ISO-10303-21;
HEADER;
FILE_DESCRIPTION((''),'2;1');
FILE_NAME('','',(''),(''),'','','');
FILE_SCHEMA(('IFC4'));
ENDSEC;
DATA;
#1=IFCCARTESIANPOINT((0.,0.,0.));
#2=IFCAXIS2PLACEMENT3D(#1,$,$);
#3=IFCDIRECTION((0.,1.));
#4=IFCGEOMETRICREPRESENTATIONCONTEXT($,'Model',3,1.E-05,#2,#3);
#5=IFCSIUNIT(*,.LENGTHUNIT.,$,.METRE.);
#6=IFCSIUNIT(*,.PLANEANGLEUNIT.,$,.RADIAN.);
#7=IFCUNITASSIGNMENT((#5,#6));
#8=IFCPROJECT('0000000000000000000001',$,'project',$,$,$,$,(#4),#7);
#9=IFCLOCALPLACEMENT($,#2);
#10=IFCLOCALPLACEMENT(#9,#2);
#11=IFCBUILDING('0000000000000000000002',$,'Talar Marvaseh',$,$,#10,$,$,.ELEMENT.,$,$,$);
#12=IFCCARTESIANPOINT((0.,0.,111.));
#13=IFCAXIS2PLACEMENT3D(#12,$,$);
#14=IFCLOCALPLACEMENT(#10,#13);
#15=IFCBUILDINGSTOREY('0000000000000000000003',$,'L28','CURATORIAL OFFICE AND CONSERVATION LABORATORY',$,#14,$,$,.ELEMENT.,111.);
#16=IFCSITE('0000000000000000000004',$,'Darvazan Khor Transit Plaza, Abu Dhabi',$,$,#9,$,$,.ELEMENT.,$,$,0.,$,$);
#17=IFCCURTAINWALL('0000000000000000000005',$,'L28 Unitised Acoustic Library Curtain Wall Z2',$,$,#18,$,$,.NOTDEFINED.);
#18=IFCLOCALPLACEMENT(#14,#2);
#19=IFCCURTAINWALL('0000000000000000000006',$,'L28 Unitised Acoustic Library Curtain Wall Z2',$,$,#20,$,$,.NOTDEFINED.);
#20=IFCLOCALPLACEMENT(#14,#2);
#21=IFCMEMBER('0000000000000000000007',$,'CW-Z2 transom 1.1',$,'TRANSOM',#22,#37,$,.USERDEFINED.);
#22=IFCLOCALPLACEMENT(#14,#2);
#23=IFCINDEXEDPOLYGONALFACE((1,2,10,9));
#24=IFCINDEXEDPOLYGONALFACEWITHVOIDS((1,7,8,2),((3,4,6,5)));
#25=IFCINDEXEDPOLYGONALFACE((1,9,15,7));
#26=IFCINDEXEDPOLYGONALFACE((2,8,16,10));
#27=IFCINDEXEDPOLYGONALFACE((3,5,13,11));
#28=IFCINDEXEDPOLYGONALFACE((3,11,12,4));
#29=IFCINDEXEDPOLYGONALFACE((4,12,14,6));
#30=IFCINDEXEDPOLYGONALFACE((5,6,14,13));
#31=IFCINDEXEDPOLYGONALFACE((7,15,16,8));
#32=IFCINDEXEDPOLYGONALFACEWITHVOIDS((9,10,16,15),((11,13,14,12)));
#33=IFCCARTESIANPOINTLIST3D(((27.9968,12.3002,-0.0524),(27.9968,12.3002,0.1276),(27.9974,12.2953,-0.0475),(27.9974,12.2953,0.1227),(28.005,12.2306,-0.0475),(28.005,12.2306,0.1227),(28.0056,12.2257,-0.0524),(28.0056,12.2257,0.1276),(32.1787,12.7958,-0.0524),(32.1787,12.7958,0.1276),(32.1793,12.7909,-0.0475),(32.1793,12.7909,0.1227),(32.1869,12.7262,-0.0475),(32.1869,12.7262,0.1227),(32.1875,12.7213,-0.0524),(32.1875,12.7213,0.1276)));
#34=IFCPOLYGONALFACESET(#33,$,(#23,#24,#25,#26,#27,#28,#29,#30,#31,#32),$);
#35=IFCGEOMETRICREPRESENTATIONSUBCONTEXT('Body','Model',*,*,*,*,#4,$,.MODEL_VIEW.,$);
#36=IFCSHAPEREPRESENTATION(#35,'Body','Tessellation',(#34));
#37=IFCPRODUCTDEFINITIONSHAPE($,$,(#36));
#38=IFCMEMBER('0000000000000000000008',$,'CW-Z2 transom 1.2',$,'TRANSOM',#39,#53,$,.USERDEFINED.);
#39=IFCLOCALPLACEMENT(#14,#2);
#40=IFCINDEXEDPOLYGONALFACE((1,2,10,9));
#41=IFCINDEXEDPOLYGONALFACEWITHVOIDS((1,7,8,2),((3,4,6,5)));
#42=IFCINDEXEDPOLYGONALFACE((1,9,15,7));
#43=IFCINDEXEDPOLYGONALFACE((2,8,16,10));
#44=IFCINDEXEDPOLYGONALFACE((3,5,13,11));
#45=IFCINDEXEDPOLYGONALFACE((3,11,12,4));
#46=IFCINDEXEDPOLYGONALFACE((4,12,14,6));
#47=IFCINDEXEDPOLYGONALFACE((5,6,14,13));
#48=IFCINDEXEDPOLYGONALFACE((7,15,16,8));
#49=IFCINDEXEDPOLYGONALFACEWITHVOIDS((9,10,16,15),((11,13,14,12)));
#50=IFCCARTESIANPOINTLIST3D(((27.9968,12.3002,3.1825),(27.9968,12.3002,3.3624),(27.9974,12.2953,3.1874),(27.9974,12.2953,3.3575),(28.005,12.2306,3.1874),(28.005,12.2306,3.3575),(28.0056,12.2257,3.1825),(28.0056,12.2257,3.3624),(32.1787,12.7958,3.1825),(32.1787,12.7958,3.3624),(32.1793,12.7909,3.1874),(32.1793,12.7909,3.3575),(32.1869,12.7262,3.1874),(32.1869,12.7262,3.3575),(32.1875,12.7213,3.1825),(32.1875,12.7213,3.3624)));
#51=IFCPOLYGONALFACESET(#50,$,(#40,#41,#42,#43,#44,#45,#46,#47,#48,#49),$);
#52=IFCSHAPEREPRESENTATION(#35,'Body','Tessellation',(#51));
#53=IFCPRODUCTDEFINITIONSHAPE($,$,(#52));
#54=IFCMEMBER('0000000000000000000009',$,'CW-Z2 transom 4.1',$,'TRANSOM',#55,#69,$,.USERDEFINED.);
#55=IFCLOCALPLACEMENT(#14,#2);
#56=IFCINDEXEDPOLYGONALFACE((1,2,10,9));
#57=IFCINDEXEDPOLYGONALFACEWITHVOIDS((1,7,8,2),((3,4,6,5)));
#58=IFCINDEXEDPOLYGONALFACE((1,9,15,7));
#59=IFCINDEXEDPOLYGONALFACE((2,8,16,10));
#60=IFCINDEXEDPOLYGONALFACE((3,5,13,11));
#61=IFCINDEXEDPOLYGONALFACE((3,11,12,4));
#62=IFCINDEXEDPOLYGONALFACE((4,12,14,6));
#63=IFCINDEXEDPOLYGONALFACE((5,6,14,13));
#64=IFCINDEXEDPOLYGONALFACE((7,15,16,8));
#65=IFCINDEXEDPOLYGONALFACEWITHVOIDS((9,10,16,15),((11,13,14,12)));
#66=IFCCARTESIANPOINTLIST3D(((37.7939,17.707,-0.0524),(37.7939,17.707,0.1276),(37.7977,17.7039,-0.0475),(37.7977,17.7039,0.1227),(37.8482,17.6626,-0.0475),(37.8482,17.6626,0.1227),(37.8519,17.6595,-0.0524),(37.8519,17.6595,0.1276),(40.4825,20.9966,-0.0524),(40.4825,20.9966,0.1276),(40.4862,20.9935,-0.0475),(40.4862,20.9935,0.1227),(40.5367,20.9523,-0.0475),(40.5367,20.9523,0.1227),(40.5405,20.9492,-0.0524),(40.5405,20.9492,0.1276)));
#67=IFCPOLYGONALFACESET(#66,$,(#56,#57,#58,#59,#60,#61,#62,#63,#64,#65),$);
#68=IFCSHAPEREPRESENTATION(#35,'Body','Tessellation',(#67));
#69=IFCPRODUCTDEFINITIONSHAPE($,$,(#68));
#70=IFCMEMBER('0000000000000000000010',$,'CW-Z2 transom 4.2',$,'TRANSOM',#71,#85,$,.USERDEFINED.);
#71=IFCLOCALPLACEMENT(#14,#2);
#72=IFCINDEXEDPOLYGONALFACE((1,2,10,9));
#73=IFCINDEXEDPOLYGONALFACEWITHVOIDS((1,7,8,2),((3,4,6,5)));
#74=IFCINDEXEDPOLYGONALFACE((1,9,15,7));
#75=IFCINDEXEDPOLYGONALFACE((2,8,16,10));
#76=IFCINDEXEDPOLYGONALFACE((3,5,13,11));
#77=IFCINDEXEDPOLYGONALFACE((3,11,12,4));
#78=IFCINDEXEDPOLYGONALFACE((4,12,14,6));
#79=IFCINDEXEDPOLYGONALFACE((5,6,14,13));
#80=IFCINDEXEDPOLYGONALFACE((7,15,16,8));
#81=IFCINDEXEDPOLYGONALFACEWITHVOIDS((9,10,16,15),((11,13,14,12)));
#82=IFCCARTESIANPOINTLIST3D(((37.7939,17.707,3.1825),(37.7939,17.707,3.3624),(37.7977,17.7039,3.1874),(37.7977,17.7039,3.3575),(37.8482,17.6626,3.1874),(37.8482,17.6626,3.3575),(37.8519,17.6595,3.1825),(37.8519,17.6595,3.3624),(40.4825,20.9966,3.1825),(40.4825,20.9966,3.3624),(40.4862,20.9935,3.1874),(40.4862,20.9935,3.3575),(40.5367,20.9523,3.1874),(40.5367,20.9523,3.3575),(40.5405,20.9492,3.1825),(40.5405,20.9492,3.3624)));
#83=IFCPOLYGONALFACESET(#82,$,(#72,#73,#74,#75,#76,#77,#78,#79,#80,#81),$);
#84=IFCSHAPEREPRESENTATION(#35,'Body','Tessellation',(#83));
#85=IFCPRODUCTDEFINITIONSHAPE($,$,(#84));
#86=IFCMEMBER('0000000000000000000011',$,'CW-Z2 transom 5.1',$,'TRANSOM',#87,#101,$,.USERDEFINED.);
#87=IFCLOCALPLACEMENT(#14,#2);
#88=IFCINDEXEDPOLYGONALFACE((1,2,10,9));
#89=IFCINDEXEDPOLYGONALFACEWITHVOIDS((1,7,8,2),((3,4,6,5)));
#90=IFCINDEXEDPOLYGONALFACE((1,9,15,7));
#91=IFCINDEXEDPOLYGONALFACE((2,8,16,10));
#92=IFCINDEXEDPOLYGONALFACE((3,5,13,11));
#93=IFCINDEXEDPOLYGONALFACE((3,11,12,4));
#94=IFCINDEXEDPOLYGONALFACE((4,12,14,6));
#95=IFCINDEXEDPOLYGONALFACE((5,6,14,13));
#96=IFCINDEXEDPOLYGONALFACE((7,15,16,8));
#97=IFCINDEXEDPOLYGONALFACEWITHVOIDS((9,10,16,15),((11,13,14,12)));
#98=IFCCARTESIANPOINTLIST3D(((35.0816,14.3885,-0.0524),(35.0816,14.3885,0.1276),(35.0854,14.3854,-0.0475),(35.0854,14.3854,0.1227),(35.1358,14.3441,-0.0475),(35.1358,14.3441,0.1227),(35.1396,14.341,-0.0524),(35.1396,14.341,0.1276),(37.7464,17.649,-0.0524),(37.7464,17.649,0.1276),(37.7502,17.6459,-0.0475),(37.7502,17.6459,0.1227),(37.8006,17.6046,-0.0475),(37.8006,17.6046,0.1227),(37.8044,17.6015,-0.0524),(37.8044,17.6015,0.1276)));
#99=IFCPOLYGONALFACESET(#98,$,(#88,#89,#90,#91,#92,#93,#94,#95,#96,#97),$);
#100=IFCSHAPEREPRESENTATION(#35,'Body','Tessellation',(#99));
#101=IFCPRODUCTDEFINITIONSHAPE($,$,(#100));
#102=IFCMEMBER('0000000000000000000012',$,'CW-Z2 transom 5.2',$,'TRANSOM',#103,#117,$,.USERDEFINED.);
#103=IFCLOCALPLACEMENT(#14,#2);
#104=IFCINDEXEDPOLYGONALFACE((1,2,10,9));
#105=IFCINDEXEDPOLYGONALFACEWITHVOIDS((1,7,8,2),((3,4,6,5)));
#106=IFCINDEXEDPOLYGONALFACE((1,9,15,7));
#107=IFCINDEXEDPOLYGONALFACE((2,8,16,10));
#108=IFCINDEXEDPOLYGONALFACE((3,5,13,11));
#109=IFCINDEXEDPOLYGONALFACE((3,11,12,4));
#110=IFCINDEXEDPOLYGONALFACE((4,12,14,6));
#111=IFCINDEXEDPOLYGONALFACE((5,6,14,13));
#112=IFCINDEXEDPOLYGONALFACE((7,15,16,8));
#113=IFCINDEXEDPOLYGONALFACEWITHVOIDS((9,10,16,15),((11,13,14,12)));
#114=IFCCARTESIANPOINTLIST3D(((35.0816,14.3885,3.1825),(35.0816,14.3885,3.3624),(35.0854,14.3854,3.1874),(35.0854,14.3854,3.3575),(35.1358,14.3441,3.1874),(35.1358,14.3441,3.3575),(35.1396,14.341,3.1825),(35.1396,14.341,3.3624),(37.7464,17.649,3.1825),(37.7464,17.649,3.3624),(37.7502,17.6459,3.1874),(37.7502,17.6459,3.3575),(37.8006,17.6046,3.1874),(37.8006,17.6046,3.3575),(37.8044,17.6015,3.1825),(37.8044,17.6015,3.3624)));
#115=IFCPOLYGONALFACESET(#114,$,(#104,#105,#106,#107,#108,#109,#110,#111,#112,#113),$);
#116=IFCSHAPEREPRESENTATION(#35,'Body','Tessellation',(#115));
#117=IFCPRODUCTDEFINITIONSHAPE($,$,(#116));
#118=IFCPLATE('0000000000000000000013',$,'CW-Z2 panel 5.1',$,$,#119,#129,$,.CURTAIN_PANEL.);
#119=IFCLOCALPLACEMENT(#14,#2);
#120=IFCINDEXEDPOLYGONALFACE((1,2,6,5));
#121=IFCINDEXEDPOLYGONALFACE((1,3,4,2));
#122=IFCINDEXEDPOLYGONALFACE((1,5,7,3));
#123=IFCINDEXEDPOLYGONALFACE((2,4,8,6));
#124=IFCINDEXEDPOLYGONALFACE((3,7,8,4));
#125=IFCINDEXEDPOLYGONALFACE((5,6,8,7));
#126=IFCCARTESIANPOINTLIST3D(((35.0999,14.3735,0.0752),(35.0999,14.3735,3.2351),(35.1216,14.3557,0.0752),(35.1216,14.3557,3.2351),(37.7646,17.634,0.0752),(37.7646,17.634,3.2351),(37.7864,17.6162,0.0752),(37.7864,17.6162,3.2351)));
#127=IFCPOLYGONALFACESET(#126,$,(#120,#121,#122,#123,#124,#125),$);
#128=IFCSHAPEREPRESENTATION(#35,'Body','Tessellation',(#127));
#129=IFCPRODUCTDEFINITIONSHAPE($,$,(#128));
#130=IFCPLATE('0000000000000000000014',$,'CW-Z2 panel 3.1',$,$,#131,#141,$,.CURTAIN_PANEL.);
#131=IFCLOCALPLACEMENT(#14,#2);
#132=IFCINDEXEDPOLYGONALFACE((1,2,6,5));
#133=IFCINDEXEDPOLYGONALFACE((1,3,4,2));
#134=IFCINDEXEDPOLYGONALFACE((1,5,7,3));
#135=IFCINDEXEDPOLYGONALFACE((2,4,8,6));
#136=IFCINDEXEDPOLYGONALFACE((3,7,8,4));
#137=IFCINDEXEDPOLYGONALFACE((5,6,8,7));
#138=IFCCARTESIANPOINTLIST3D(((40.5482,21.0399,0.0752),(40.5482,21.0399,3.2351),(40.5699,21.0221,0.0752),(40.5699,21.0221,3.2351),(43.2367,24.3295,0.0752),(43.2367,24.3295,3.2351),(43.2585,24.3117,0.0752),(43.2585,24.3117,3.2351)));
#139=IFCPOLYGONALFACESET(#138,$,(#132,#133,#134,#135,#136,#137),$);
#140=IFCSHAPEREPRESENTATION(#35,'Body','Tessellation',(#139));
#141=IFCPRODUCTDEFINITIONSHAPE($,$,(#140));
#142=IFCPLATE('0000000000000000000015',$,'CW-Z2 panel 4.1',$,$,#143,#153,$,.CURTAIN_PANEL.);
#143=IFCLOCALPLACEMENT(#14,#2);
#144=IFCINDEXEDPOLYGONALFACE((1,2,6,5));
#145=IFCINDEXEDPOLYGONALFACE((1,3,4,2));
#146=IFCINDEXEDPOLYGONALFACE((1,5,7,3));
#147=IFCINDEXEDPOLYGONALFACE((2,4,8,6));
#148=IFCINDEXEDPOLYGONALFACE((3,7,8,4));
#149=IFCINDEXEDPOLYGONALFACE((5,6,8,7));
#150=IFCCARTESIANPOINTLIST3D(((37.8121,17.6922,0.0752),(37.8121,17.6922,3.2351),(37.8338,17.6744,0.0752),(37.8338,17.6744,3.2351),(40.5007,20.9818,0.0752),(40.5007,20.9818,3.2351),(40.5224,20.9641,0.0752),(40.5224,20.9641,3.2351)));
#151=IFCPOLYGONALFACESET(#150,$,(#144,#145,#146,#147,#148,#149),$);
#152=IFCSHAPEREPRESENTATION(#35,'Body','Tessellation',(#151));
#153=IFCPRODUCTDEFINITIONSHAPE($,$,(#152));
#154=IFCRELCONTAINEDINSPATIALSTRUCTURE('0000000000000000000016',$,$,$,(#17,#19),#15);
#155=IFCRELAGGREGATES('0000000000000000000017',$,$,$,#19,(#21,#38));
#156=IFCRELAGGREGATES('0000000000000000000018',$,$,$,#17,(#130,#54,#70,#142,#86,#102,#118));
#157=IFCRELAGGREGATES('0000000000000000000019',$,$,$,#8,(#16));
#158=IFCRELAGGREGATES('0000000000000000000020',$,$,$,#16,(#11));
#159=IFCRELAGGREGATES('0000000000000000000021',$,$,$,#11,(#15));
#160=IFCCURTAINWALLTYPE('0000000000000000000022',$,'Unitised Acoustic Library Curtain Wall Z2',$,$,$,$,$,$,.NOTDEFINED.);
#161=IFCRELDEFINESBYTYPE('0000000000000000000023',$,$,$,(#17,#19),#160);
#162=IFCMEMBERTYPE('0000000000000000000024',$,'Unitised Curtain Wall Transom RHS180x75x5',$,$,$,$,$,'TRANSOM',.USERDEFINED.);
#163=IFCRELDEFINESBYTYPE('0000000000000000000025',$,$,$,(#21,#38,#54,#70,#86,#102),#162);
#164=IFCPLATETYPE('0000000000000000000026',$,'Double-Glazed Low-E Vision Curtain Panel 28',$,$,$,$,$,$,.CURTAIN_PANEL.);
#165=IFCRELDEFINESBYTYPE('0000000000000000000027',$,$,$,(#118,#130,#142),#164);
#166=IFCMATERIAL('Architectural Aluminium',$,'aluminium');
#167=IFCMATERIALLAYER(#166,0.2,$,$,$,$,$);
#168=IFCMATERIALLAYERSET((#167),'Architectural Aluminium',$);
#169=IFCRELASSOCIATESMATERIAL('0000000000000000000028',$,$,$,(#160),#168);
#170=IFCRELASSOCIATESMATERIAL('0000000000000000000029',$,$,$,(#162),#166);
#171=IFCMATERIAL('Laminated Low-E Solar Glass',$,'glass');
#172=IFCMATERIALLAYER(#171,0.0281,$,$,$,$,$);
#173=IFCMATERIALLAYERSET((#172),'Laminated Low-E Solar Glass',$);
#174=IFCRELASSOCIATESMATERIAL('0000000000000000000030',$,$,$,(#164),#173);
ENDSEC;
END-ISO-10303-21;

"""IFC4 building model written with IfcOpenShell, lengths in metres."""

from ifc_helpers import new_model, si_unit, direction, frame, origin, origin_2d, place, context, subcontext, project, spatial, rectangle, hollow_rectangle, extrude, source, transform, mapped, material, layer, layer_set, material_profile, profile_set, type_object, type_shapes, element, aggregate, save


model = new_model("IFC4")

# Units and contexts
model_context = context("Model", 3, precision=1e-05, world=origin(), true_north=direction((0.0, 1.0)))
body_context = subcontext(model_context, "Body", "Model", "MODEL_VIEW")
ifc_project = project(units=[si_unit("LENGTHUNIT", "METRE"), si_unit("PLANEANGLEUNIT", "RADIAN")], contexts=[model_context])

# Site, building, storey
site_placement = place(None, origin())
site = spatial("IfcSite", under=ifc_project, at=site_placement, Name="Darvazan Khor Transit Plaza, Abu Dhabi", CompositionType="ELEMENT", RefElevation=0.0)
building_placement = place(site_placement, origin())
building = spatial("IfcBuilding", under=site, at=building_placement, Name="Talar Marvaseh", CompositionType="ELEMENT")
storey_placement = place(building_placement, frame((0.0, 0.0, 111.0)))
storey = spatial("IfcBuildingStorey", under=building, at=storey_placement, Name="L28", Description="CURATORIAL OFFICE AND CONSERVATION LABORATORY", CompositionType="ELEMENT", Elevation=111.0)

# Curtain walls, members
ifc_material_1 = material(Name="Architectural Aluminium", Category="aluminium")
ifc_layer_1 = layer(ifc_material_1, 0.2)
ifc_layer_set_1 = layer_set([ifc_layer_1], Name="Architectural Aluminium")
curtain_wall_type = type_object("IfcCurtainWallType", Name="Unitised Acoustic Library Curtain Wall Z2", PredefinedType="NOTDEFINED", material=ifc_layer_set_1)
curtain_wall_1_placement = place(storey_placement, origin())
curtain_wall_1 = element("IfcCurtainWall", 1, at=curtain_wall_1_placement, inside=storey, type_object=curtain_wall_type, Name="L28 Unitised Acoustic Library Curtain Wall Z2", PredefinedType="NOTDEFINED")
curtain_wall_2_placement = place(storey_placement, origin())
curtain_wall_2 = element("IfcCurtainWall", 2, at=curtain_wall_2_placement, inside=storey, type_object=curtain_wall_type, Name="L28 Unitised Acoustic Library Curtain Wall Z2", PredefinedType="NOTDEFINED")
ifc_material_profile_1 = material_profile(ifc_material_1, hollow_rectangle(XDim=0.075, YDim=0.1799, WallThickness=0.0049, at=origin_2d()), Name="RHS180x75x5")
ifc_profile_set_1 = profile_set([ifc_material_profile_1], Name="Architectural Aluminium")
member_type_1 = type_object("IfcMemberType", Name="Unitised Curtain Wall Transom RHS180x75x5", ElementType="TRANSOM", PredefinedType="USERDEFINED", material=ifc_profile_set_1)
shared_shape_1 = source(origin(), body_context, "Body", "SweptSolid", [
    extrude(hollow_rectangle(XDim=0.075, YDim=0.1799, WallThickness=0.0049, at=origin_2d()), origin(), (0.0, 0.0, 1.0), 4.2112),
])
member_1_placement = place(storey_placement, frame((32.1831, 12.7585, 0.0376), z_axis=(-0.993051, -0.117689, 0.0), x_axis=(0.117689, -0.993051, 0.0)))
member_1 = element("IfcMember", 3, at=member_1_placement, type_object=member_type_1, Name="CW-Z2 transom 1.1", ObjectType="TRANSOM", PredefinedType="USERDEFINED", context=body_context, shape_type="MappedRepresentation", body=[
    mapped(shared_shape_1, transform((0.0, 0.0, 0.0), x_axis=(1.0, 0.0, 0.0), y_axis=(0.0, 1.0, 0.0), z_axis=(0.0, 0.0, 1.0), scale=1.0)),
])
member_2_placement = place(storey_placement, frame((32.1831, 12.7585, 3.2725), z_axis=(-0.993051, -0.117689, 0.0), x_axis=(0.117689, -0.993051, 0.0)))
member_2 = element("IfcMember", 4, at=member_2_placement, type_object=member_type_1, Name="CW-Z2 transom 1.2", ObjectType="TRANSOM", PredefinedType="USERDEFINED", context=body_context, shape_type="MappedRepresentation", body=[
    mapped(shared_shape_1, transform((0.0, 0.0, 0.0), x_axis=(1.0, 0.0, 0.0), y_axis=(0.0, 1.0, 0.0), z_axis=(0.0, 0.0, 1.0), scale=1.0)),
])
aggregate(curtain_wall_2, [member_1, member_2])

# Members
shared_shape_2 = source(origin(), body_context, "Body", "SweptSolid", [
    extrude(hollow_rectangle(XDim=0.075, YDim=0.1799, WallThickness=0.0049, at=origin_2d()), origin(), (0.0, 0.0, 1.0), 4.2485),
])
member_3_placement = place(storey_placement, frame((40.5115, 20.9729, 0.0376), z_axis=(-0.632818, -0.7743, 0.0), x_axis=(0.7743, -0.632818, 0.0)))
member_3 = element("IfcMember", 5, at=member_3_placement, type_object=member_type_1, Name="CW-Z2 transom 4.1", ObjectType="TRANSOM", PredefinedType="USERDEFINED", context=body_context, shape_type="MappedRepresentation", body=[
    mapped(shared_shape_2, transform((0.0, 0.0, 0.0), x_axis=(1.0, 0.0, 0.0), y_axis=(0.0, 1.0, 0.0), z_axis=(0.0, 0.0, 1.0), scale=1.0)),
])
member_4_placement = place(storey_placement, frame((40.5115, 20.9729, 3.2725), z_axis=(-0.632818, -0.7743, 0.0), x_axis=(0.7743, -0.632818, 0.0)))
member_4 = element("IfcMember", 6, at=member_4_placement, type_object=member_type_1, Name="CW-Z2 transom 4.2", ObjectType="TRANSOM", PredefinedType="USERDEFINED", context=body_context, shape_type="MappedRepresentation", body=[
    mapped(shared_shape_2, transform((0.0, 0.0, 0.0), x_axis=(1.0, 0.0, 0.0), y_axis=(0.0, 1.0, 0.0), z_axis=(0.0, 0.0, 1.0), scale=1.0)),
])
shared_shape_3 = source(origin(), body_context, "Body", "SweptSolid", [
    extrude(hollow_rectangle(XDim=0.075, YDim=0.1799, WallThickness=0.0049, at=origin_2d()), origin(), (0.0, 0.0, 1.0), 4.2109),
])
type_shapes(member_type_1, [shared_shape_1, shared_shape_2, shared_shape_3])
member_5_placement = place(storey_placement, frame((37.7754, 17.6252, 0.0376), z_axis=(-0.632827, -0.774293, 0.0), x_axis=(0.774293, -0.632827, 0.0)))
member_5 = element("IfcMember", 7, at=member_5_placement, type_object=member_type_1, Name="CW-Z2 transom 5.1", ObjectType="TRANSOM", PredefinedType="USERDEFINED", context=body_context, shape_type="MappedRepresentation", body=[
    mapped(shared_shape_3, transform((0.0, 0.0, 0.0), x_axis=(1.0, 0.0, 0.0), y_axis=(0.0, 1.0, 0.0), z_axis=(0.0, 0.0, 1.0), scale=1.0)),
])
member_6_placement = place(storey_placement, frame((37.7754, 17.6252, 3.2725), z_axis=(-0.632827, -0.774293, 0.0), x_axis=(0.774293, -0.632827, 0.0)))
member_6 = element("IfcMember", 8, at=member_6_placement, type_object=member_type_1, Name="CW-Z2 transom 5.2", ObjectType="TRANSOM", PredefinedType="USERDEFINED", context=body_context, shape_type="MappedRepresentation", body=[
    mapped(shared_shape_3, transform((0.0, 0.0, 0.0), x_axis=(1.0, 0.0, 0.0), y_axis=(0.0, 1.0, 0.0), z_axis=(0.0, 0.0, 1.0), scale=1.0)),
])

# Plates
ifc_material_2 = material(Name="Laminated Low-E Solar Glass", Category="glass")
ifc_layer_2 = layer(ifc_material_2, 0.0281)
ifc_layer_set_2 = layer_set([ifc_layer_2], Name="Laminated Low-E Solar Glass")
plate_type = type_object("IfcPlateType", Name="Double-Glazed Low-E Vision Curtain Panel 28", PredefinedType="CURTAIN_PANEL", material=ifc_layer_set_2)
shared_shape_4 = source(origin(), body_context, "Body", "SweptSolid", [
    extrude(rectangle(XDim=4.2109, YDim=0.0281, at=origin_2d()), origin(), (0.0, 0.0, 1.0), 3.1599),
])
plate_1_placement = place(storey_placement, frame((36.4431, 15.9949, 0.0752), z_axis=(0.0, 0.0, 1.0), x_axis=(-0.632824, -0.774296, 0.0)))
plate_1 = element("IfcPlate", 9, at=plate_1_placement, type_object=plate_type, Name="CW-Z2 panel 5.1", PredefinedType="CURTAIN_PANEL", context=body_context, shape_type="MappedRepresentation", body=[
    mapped(shared_shape_4, transform((0.0, 0.0, 0.0), x_axis=(1.0, 0.0, 0.0), y_axis=(0.0, 1.0, 0.0), z_axis=(0.0, 0.0, 1.0), scale=1.0)),
])
shared_shape_5 = source(origin(), body_context, "Body", "SweptSolid", [
    extrude(rectangle(XDim=4.2485, YDim=0.0281, at=origin_2d()), origin(), (0.0, 0.0, 1.0), 3.1599),
])
type_shapes(plate_type, [shared_shape_4, shared_shape_5])
plate_2_placement = place(storey_placement, frame((41.9033, 22.6758, 0.0752), z_axis=(0.0, 0.0, 1.0), x_axis=(-0.632824, -0.774296, 0.0)))
plate_2 = element("IfcPlate", 10, at=plate_2_placement, type_object=plate_type, Name="CW-Z2 panel 3.1", PredefinedType="CURTAIN_PANEL", context=body_context, shape_type="MappedRepresentation", body=[
    mapped(shared_shape_5, transform((0.0, 0.0, 0.0), x_axis=(1.0, 0.0, 0.0), y_axis=(0.0, 1.0, 0.0), z_axis=(0.0, 0.0, 1.0), scale=1.0)),
])
plate_3_placement = place(storey_placement, frame((39.1672, 19.3281, 0.0752), z_axis=(0.0, 0.0, 1.0), x_axis=(-0.632824, -0.774296, 0.0)))
plate_3 = element("IfcPlate", 11, at=plate_3_placement, type_object=plate_type, Name="CW-Z2 panel 4.1", PredefinedType="CURTAIN_PANEL", context=body_context, shape_type="MappedRepresentation", body=[
    mapped(shared_shape_5, transform((0.0, 0.0, 0.0), x_axis=(1.0, 0.0, 0.0), y_axis=(0.0, 1.0, 0.0), z_axis=(0.0, 0.0, 1.0), scale=1.0)),
])
aggregate(curtain_wall_1, [plate_2, member_3, member_4, plate_3, member_5, member_6, plate_1])

save(model, "model.ifc")
